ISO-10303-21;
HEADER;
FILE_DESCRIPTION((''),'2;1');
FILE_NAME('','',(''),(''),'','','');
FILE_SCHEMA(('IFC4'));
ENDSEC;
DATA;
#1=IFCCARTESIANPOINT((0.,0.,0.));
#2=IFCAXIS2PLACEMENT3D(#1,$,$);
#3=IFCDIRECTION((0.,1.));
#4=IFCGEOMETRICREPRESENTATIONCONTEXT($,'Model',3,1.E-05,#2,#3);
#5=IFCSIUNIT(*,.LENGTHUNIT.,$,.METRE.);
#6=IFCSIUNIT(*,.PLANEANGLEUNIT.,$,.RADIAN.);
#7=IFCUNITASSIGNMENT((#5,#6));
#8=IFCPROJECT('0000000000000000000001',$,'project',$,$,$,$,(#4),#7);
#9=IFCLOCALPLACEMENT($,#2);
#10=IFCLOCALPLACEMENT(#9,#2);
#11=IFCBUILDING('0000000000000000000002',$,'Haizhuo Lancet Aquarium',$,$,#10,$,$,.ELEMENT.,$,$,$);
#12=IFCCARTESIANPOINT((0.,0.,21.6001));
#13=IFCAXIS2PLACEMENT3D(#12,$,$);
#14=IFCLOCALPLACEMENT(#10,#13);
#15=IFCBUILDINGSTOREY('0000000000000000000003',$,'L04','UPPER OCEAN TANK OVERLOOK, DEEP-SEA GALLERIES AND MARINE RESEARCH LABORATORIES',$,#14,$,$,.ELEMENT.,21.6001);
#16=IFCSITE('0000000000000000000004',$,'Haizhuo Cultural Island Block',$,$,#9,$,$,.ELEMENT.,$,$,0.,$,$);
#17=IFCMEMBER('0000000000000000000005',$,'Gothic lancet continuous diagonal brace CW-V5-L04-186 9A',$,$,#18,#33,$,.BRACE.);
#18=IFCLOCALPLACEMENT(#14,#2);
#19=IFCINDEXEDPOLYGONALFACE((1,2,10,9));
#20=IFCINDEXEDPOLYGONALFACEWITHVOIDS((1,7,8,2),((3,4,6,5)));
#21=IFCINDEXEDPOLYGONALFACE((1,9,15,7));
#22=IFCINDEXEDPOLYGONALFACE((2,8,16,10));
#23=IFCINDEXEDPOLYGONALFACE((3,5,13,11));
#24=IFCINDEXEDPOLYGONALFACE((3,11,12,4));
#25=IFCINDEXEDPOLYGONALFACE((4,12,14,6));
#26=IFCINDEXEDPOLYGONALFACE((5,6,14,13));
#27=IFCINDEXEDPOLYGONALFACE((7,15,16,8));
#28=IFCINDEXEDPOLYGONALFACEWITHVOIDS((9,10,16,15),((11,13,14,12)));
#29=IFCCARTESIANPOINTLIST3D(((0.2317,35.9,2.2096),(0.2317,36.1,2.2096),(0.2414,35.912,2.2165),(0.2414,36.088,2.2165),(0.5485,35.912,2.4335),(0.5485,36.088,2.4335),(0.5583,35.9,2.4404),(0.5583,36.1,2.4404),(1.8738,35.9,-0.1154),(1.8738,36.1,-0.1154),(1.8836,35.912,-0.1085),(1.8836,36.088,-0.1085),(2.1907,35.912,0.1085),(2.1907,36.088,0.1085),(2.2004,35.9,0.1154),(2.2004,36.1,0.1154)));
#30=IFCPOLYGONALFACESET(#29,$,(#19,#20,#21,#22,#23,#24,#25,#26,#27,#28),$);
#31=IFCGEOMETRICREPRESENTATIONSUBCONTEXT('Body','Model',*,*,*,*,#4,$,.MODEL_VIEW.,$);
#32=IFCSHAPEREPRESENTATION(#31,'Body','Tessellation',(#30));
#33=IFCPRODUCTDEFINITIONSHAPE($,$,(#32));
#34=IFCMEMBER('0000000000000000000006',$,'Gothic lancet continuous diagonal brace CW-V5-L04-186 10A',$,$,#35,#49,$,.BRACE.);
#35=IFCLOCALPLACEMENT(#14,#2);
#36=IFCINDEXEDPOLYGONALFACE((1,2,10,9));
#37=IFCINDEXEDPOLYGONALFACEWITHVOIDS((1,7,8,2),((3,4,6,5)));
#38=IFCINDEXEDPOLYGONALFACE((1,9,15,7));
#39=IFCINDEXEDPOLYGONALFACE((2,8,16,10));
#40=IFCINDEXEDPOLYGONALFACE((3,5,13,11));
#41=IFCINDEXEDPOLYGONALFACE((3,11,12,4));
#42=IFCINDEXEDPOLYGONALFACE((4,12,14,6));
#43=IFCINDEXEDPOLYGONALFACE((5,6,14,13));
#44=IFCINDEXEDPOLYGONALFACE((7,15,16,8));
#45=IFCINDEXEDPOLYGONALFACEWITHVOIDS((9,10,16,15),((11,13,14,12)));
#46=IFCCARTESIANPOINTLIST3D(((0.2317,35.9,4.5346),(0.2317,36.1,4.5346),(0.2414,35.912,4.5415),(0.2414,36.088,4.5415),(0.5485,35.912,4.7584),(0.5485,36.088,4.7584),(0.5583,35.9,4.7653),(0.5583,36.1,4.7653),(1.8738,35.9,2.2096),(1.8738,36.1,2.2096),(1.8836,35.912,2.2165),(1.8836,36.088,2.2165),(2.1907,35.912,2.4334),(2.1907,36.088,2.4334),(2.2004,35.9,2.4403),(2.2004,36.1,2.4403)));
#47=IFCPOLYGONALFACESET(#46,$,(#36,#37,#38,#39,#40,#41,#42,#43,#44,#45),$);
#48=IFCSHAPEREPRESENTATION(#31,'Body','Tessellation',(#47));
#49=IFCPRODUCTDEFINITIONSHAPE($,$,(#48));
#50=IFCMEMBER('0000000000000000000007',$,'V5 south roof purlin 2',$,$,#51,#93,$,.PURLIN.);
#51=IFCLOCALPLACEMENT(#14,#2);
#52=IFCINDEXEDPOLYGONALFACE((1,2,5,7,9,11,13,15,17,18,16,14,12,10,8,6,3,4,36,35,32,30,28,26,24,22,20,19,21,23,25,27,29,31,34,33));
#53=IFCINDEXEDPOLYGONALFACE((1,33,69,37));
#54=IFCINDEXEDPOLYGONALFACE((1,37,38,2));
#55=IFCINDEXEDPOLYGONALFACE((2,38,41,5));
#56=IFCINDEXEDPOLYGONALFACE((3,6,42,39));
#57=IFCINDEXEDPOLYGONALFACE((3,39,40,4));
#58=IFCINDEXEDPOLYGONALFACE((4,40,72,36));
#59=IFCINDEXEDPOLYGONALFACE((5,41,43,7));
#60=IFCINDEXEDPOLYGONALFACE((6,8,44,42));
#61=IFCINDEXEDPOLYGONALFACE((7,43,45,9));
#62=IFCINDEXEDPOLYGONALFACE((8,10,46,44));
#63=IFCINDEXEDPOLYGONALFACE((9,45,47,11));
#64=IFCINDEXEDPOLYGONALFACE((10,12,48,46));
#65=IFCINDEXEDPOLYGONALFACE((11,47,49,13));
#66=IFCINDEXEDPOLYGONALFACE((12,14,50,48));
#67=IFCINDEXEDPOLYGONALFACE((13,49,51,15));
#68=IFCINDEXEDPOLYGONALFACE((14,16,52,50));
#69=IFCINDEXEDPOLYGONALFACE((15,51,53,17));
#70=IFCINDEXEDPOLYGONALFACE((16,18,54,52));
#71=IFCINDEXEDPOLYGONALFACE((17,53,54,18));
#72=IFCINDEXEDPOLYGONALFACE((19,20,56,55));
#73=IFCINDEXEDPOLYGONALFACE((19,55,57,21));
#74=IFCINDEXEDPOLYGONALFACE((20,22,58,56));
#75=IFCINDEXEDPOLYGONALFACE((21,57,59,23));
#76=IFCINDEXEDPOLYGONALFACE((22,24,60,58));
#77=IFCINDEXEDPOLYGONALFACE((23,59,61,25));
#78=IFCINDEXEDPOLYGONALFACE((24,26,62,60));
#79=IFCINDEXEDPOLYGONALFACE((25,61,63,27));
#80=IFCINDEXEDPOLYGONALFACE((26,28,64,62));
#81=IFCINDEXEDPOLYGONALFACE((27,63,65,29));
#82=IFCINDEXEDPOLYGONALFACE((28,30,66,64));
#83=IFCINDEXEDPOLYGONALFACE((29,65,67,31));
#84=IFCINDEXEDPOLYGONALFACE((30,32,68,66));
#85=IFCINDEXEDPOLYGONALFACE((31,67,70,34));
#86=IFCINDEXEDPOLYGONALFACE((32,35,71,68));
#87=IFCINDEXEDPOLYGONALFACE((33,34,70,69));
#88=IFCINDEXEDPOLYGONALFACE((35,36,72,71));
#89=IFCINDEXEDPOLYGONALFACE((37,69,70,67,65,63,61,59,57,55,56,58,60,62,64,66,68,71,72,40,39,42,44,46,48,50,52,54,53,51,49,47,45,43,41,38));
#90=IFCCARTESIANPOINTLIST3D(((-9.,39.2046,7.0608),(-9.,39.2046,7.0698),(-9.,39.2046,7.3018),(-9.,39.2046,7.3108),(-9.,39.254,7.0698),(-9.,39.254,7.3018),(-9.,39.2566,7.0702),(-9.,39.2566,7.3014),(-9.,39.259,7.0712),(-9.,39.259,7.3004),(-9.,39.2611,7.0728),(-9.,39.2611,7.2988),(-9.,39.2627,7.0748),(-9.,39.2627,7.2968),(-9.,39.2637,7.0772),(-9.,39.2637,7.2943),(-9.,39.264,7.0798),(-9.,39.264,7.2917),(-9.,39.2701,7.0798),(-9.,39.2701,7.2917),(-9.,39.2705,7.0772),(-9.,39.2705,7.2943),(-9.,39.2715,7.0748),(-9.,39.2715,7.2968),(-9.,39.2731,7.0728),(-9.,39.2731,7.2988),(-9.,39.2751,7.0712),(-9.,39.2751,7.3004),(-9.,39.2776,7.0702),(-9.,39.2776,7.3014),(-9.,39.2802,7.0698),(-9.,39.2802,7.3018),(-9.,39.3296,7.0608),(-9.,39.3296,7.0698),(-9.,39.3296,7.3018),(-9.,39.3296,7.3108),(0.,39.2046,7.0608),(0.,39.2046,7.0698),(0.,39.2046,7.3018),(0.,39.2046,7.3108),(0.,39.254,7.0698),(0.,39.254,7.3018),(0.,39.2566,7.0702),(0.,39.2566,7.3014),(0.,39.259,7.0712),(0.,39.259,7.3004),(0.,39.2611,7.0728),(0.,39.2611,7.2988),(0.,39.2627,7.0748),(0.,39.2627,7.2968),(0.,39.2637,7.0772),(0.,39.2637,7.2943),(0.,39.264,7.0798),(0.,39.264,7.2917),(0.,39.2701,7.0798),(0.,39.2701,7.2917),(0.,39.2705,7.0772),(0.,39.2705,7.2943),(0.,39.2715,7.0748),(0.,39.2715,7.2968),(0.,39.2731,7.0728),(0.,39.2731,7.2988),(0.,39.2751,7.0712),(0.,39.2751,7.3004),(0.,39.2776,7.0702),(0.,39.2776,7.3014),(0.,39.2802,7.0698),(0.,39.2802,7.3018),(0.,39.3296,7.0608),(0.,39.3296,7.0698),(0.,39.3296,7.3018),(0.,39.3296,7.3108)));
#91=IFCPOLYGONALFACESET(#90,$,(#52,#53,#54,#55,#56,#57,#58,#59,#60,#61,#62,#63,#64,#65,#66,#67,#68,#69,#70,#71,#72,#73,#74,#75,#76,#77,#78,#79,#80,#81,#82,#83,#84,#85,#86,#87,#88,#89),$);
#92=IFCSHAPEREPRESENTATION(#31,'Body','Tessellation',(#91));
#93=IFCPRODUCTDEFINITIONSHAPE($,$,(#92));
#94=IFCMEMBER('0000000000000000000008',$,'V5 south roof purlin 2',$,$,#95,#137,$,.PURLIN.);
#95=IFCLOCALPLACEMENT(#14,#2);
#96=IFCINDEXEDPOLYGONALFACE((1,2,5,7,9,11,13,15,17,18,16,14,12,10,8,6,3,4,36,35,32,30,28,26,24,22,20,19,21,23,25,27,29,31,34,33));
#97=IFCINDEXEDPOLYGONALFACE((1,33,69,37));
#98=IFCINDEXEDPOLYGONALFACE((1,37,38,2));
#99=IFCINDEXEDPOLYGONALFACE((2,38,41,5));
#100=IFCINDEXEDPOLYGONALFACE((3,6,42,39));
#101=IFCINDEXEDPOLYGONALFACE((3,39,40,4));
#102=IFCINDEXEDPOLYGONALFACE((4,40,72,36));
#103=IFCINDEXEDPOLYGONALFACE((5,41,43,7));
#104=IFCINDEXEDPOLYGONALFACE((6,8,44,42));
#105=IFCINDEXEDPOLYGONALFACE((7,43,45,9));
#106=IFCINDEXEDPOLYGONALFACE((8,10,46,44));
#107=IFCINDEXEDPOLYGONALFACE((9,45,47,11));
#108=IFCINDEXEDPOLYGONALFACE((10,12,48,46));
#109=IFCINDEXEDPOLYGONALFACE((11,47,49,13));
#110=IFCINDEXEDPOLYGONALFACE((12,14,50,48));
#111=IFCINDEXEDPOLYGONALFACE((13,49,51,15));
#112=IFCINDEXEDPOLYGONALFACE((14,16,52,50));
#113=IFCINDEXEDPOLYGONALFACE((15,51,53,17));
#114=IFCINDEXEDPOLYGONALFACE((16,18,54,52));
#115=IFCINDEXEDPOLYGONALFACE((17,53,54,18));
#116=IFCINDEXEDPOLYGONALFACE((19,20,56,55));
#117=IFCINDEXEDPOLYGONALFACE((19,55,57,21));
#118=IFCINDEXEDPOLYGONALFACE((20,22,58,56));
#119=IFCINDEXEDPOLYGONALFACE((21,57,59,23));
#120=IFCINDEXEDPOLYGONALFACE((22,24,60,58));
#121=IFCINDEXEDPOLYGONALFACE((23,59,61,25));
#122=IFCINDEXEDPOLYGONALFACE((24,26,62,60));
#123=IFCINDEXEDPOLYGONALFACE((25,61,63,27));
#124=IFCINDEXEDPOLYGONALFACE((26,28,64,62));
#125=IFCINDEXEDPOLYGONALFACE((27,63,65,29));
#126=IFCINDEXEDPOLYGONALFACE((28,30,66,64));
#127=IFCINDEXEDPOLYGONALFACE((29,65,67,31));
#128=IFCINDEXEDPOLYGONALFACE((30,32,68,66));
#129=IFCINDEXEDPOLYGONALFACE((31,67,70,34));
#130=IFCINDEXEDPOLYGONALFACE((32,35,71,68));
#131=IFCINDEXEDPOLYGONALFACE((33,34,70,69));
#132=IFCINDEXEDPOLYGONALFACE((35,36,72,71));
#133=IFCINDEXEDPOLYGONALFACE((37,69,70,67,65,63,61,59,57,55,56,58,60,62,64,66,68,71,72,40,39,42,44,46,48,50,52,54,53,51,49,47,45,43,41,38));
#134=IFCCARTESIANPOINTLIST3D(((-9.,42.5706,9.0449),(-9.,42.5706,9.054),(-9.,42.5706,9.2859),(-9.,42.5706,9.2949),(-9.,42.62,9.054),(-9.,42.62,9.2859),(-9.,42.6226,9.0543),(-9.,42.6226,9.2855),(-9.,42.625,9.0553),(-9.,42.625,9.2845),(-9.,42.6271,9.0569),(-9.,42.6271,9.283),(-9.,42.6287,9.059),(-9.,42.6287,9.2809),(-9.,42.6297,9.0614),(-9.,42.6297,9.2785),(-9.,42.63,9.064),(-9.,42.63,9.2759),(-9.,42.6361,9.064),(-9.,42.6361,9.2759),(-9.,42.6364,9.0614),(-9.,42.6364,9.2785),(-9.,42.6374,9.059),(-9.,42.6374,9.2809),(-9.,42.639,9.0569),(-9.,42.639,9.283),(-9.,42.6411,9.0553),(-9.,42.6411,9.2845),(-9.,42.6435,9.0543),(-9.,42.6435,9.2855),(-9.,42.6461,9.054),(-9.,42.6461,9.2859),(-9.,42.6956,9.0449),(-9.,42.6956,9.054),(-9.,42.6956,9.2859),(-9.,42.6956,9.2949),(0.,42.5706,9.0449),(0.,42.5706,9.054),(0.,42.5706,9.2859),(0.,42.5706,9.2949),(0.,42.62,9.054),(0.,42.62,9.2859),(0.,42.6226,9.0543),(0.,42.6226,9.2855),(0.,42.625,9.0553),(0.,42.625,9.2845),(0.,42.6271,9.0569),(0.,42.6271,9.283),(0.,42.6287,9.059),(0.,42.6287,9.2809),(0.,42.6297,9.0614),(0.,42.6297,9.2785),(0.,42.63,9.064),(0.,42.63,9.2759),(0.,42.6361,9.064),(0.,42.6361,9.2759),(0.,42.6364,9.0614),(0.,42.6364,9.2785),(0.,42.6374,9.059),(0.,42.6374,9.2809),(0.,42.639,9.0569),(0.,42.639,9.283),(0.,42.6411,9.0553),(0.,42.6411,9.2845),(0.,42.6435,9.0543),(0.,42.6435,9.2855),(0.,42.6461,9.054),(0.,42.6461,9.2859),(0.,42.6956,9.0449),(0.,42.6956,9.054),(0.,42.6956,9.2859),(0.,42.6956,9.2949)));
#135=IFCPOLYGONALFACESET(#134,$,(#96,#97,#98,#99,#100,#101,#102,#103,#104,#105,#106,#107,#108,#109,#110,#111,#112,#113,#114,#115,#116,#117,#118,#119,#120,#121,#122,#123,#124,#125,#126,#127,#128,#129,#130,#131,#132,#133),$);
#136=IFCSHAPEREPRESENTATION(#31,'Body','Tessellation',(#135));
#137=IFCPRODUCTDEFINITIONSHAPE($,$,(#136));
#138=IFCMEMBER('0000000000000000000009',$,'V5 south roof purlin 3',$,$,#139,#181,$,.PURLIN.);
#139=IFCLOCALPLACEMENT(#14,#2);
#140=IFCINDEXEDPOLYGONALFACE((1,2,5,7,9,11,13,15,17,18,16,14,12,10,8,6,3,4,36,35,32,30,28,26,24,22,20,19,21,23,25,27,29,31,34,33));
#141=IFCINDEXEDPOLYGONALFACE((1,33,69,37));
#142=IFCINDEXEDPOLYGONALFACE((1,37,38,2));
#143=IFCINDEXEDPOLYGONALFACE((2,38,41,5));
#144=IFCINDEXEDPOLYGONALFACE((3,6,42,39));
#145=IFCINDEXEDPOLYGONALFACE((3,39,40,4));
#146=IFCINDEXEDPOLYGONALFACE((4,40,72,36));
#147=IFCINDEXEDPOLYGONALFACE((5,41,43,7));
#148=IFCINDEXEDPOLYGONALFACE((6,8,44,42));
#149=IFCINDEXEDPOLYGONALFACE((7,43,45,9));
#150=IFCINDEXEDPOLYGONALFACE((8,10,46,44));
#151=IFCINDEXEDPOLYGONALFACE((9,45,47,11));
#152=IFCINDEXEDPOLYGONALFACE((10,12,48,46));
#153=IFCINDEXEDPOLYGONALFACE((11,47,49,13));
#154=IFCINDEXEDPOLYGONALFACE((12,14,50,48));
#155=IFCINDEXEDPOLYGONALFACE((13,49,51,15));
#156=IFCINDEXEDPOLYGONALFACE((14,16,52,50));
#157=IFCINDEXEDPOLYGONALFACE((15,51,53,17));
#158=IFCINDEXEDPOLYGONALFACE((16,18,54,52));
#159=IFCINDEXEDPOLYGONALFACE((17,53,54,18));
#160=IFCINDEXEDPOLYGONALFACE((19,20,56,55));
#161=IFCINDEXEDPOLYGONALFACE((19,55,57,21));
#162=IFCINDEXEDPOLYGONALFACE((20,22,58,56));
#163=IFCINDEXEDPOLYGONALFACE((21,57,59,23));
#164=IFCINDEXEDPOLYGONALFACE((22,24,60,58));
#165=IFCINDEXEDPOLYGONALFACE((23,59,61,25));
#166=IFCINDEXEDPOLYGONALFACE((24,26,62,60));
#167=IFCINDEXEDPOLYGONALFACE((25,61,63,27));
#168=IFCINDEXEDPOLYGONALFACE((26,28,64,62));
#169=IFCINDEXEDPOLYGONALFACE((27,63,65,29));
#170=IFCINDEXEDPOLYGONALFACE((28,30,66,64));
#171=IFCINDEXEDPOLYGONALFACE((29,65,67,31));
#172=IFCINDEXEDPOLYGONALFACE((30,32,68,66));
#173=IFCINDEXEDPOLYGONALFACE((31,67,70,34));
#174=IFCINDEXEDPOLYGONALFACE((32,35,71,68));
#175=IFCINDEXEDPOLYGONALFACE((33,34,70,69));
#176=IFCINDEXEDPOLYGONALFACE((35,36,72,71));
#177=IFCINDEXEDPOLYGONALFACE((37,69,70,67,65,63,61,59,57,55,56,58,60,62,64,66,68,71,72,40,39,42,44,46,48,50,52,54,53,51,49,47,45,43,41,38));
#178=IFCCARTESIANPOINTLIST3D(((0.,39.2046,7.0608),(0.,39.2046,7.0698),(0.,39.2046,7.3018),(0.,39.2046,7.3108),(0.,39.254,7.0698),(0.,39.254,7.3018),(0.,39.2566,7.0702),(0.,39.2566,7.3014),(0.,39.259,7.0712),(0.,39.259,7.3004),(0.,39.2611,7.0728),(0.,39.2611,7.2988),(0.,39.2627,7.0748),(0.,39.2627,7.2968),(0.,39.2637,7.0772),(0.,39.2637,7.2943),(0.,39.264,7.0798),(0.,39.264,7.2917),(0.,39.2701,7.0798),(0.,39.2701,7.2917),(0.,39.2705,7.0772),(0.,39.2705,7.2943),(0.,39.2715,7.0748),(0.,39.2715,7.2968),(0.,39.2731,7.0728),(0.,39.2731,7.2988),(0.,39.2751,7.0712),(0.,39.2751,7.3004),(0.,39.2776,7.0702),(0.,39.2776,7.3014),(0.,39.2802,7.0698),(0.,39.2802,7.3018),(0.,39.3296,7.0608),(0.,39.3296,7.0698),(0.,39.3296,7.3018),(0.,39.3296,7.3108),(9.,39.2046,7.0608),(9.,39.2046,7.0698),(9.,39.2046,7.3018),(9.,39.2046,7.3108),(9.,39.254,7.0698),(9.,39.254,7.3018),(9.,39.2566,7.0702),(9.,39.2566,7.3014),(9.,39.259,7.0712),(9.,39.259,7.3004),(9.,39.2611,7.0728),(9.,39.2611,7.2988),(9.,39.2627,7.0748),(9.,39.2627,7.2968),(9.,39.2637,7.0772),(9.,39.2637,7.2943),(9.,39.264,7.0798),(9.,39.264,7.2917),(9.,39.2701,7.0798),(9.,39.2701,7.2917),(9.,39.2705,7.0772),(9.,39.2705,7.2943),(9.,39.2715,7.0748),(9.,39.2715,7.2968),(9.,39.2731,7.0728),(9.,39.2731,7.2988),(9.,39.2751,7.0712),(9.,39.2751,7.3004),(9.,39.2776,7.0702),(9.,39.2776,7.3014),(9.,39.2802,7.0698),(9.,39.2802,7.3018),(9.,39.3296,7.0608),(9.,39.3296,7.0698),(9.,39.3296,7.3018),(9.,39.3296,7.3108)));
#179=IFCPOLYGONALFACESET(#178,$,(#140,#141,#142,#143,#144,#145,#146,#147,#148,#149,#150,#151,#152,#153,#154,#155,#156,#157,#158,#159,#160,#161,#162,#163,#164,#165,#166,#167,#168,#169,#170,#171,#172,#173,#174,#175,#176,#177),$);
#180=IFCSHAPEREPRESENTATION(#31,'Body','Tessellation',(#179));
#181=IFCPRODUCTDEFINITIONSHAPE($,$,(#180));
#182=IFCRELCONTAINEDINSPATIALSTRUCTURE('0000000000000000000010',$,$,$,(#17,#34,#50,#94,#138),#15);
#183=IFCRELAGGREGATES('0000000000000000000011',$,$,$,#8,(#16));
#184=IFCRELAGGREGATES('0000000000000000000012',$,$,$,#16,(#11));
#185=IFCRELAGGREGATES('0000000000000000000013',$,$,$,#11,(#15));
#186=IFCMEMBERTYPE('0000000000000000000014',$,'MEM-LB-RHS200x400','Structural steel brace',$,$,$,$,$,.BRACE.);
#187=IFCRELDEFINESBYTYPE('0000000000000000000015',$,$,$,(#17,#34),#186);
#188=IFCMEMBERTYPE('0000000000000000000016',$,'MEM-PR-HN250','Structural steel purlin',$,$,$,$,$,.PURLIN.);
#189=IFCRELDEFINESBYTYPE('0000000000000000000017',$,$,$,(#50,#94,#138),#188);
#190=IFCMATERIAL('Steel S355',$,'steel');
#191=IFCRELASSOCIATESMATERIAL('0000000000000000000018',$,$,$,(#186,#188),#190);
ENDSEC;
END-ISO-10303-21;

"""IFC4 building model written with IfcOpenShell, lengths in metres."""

from ifc_helpers import new_model, si_unit, direction, frame, origin, origin_2d, place, context, subcontext, project, spatial, hollow_rectangle, i_section, extrude, material, material_profile, profile_set, type_object, element, save


model = new_model("IFC4")

# Units and contexts
model_context = context("Model", 3, precision=1e-05, world=origin(), true_north=direction((0.0, 1.0)))
body_context = subcontext(model_context, "Body", "Model", "MODEL_VIEW")
ifc_project = project(units=[si_unit("LENGTHUNIT", "METRE"), si_unit("PLANEANGLEUNIT", "RADIAN")], contexts=[model_context])

# Site, building, storey
site_placement = place(None, origin())
site = spatial("IfcSite", under=ifc_project, at=site_placement, Name="Haizhuo Cultural Island Block", CompositionType="ELEMENT", RefElevation=0.0)
building_placement = place(site_placement, origin())
building = spatial("IfcBuilding", under=site, at=building_placement, Name="Haizhuo Lancet Aquarium", CompositionType="ELEMENT")
storey_placement = place(building_placement, frame((0.0, 0.0, 21.6001)))
storey = spatial("IfcBuildingStorey", under=building, at=storey_placement, Name="L04", Description="UPPER OCEAN TANK OVERLOOK, DEEP-SEA GALLERIES AND MARINE RESEARCH LABORATORIES", CompositionType="ELEMENT", Elevation=21.6001)

# Members
ifc_material_1 = material(Name="Steel S355", Category="steel")
ifc_material_profile_1 = material_profile(ifc_material_1, hollow_rectangle(XDim=0.2, YDim=0.3999, WallThickness=0.012, at=origin_2d()), Name="RHS 200x400x12")
ifc_profile_set_1 = profile_set([ifc_material_profile_1], Name="Steel S355")
member_type_1 = type_object("IfcMemberType", Name="MEM-LB-RHS200x400", Description="Structural steel brace", PredefinedType="BRACE", material=ifc_profile_set_1)
for number, where, z_axis, x_axis, name in (
    (1, (2.0371, 36.0, 0.0), (-0.576905, 0.0, 0.816811), (0.0, -1.0, 0.0), "Gothic lancet continuous diagonal brace CW-V5-L04-186 9A"),
    (2, (2.0371, 36.0, 2.325), (-0.576905, 0.0, 0.816811), (0.0, -1.0, 0.0), "Gothic lancet continuous diagonal brace CW-V5-L04-186 10A"),
):
    element("IfcMember", number, at=place(storey_placement, frame(where, z_axis=z_axis, x_axis=x_axis)), inside=storey, type_object=member_type_1, Name=name, PredefinedType="BRACE", context=body_context, shape_type="SweptSolid", body=[
        extrude(hollow_rectangle(XDim=0.2, YDim=0.3999, WallThickness=0.012, at=origin_2d()), origin(), (0.0, 0.0, 1.0), 2.8464),
    ])
ifc_material_profile_2 = material_profile(ifc_material_1, i_section(OverallWidth=0.125, OverallDepth=0.25, WebThickness=0.0061, FlangeThickness=0.009, FilletRadius=0.01, at=origin_2d()), Name="HN 250x125x6x9")
ifc_profile_set_2 = profile_set([ifc_material_profile_2], Name="Steel S355")
member_type_2 = type_object("IfcMemberType", Name="MEM-PR-HN250", Description="Structural steel purlin", PredefinedType="PURLIN", material=ifc_profile_set_2)
for number, where, z_axis, x_axis, name in (
    (3, (-9.0, 39.2671, 7.1858), (1.0, 0.0, 0.0), (0.0, 1.0, 0.0), "V5 south roof purlin 2"),
    (4, (-9.0, 42.6331, 9.1699), (1.0, 0.0, 0.0), (0.0, 1.0, 0.0), "V5 south roof purlin 2"),
    (5, (0.0, 39.2671, 7.1858), (1.0, 0.0, 0.0), (0.0, 1.0, 0.0), "V5 south roof purlin 3"),
):
    element("IfcMember", number, at=place(storey_placement, frame(where, z_axis=z_axis, x_axis=x_axis)), inside=storey, type_object=member_type_2, Name=name, PredefinedType="PURLIN", context=body_context, shape_type="SweptSolid", body=[
        extrude(i_section(OverallWidth=0.125, OverallDepth=0.25, WebThickness=0.0061, FlangeThickness=0.009, FilletRadius=0.01, at=origin_2d()), origin(), (0.0, 0.0, 1.0), 9.0),
    ])

save(model, "model.ifc")
